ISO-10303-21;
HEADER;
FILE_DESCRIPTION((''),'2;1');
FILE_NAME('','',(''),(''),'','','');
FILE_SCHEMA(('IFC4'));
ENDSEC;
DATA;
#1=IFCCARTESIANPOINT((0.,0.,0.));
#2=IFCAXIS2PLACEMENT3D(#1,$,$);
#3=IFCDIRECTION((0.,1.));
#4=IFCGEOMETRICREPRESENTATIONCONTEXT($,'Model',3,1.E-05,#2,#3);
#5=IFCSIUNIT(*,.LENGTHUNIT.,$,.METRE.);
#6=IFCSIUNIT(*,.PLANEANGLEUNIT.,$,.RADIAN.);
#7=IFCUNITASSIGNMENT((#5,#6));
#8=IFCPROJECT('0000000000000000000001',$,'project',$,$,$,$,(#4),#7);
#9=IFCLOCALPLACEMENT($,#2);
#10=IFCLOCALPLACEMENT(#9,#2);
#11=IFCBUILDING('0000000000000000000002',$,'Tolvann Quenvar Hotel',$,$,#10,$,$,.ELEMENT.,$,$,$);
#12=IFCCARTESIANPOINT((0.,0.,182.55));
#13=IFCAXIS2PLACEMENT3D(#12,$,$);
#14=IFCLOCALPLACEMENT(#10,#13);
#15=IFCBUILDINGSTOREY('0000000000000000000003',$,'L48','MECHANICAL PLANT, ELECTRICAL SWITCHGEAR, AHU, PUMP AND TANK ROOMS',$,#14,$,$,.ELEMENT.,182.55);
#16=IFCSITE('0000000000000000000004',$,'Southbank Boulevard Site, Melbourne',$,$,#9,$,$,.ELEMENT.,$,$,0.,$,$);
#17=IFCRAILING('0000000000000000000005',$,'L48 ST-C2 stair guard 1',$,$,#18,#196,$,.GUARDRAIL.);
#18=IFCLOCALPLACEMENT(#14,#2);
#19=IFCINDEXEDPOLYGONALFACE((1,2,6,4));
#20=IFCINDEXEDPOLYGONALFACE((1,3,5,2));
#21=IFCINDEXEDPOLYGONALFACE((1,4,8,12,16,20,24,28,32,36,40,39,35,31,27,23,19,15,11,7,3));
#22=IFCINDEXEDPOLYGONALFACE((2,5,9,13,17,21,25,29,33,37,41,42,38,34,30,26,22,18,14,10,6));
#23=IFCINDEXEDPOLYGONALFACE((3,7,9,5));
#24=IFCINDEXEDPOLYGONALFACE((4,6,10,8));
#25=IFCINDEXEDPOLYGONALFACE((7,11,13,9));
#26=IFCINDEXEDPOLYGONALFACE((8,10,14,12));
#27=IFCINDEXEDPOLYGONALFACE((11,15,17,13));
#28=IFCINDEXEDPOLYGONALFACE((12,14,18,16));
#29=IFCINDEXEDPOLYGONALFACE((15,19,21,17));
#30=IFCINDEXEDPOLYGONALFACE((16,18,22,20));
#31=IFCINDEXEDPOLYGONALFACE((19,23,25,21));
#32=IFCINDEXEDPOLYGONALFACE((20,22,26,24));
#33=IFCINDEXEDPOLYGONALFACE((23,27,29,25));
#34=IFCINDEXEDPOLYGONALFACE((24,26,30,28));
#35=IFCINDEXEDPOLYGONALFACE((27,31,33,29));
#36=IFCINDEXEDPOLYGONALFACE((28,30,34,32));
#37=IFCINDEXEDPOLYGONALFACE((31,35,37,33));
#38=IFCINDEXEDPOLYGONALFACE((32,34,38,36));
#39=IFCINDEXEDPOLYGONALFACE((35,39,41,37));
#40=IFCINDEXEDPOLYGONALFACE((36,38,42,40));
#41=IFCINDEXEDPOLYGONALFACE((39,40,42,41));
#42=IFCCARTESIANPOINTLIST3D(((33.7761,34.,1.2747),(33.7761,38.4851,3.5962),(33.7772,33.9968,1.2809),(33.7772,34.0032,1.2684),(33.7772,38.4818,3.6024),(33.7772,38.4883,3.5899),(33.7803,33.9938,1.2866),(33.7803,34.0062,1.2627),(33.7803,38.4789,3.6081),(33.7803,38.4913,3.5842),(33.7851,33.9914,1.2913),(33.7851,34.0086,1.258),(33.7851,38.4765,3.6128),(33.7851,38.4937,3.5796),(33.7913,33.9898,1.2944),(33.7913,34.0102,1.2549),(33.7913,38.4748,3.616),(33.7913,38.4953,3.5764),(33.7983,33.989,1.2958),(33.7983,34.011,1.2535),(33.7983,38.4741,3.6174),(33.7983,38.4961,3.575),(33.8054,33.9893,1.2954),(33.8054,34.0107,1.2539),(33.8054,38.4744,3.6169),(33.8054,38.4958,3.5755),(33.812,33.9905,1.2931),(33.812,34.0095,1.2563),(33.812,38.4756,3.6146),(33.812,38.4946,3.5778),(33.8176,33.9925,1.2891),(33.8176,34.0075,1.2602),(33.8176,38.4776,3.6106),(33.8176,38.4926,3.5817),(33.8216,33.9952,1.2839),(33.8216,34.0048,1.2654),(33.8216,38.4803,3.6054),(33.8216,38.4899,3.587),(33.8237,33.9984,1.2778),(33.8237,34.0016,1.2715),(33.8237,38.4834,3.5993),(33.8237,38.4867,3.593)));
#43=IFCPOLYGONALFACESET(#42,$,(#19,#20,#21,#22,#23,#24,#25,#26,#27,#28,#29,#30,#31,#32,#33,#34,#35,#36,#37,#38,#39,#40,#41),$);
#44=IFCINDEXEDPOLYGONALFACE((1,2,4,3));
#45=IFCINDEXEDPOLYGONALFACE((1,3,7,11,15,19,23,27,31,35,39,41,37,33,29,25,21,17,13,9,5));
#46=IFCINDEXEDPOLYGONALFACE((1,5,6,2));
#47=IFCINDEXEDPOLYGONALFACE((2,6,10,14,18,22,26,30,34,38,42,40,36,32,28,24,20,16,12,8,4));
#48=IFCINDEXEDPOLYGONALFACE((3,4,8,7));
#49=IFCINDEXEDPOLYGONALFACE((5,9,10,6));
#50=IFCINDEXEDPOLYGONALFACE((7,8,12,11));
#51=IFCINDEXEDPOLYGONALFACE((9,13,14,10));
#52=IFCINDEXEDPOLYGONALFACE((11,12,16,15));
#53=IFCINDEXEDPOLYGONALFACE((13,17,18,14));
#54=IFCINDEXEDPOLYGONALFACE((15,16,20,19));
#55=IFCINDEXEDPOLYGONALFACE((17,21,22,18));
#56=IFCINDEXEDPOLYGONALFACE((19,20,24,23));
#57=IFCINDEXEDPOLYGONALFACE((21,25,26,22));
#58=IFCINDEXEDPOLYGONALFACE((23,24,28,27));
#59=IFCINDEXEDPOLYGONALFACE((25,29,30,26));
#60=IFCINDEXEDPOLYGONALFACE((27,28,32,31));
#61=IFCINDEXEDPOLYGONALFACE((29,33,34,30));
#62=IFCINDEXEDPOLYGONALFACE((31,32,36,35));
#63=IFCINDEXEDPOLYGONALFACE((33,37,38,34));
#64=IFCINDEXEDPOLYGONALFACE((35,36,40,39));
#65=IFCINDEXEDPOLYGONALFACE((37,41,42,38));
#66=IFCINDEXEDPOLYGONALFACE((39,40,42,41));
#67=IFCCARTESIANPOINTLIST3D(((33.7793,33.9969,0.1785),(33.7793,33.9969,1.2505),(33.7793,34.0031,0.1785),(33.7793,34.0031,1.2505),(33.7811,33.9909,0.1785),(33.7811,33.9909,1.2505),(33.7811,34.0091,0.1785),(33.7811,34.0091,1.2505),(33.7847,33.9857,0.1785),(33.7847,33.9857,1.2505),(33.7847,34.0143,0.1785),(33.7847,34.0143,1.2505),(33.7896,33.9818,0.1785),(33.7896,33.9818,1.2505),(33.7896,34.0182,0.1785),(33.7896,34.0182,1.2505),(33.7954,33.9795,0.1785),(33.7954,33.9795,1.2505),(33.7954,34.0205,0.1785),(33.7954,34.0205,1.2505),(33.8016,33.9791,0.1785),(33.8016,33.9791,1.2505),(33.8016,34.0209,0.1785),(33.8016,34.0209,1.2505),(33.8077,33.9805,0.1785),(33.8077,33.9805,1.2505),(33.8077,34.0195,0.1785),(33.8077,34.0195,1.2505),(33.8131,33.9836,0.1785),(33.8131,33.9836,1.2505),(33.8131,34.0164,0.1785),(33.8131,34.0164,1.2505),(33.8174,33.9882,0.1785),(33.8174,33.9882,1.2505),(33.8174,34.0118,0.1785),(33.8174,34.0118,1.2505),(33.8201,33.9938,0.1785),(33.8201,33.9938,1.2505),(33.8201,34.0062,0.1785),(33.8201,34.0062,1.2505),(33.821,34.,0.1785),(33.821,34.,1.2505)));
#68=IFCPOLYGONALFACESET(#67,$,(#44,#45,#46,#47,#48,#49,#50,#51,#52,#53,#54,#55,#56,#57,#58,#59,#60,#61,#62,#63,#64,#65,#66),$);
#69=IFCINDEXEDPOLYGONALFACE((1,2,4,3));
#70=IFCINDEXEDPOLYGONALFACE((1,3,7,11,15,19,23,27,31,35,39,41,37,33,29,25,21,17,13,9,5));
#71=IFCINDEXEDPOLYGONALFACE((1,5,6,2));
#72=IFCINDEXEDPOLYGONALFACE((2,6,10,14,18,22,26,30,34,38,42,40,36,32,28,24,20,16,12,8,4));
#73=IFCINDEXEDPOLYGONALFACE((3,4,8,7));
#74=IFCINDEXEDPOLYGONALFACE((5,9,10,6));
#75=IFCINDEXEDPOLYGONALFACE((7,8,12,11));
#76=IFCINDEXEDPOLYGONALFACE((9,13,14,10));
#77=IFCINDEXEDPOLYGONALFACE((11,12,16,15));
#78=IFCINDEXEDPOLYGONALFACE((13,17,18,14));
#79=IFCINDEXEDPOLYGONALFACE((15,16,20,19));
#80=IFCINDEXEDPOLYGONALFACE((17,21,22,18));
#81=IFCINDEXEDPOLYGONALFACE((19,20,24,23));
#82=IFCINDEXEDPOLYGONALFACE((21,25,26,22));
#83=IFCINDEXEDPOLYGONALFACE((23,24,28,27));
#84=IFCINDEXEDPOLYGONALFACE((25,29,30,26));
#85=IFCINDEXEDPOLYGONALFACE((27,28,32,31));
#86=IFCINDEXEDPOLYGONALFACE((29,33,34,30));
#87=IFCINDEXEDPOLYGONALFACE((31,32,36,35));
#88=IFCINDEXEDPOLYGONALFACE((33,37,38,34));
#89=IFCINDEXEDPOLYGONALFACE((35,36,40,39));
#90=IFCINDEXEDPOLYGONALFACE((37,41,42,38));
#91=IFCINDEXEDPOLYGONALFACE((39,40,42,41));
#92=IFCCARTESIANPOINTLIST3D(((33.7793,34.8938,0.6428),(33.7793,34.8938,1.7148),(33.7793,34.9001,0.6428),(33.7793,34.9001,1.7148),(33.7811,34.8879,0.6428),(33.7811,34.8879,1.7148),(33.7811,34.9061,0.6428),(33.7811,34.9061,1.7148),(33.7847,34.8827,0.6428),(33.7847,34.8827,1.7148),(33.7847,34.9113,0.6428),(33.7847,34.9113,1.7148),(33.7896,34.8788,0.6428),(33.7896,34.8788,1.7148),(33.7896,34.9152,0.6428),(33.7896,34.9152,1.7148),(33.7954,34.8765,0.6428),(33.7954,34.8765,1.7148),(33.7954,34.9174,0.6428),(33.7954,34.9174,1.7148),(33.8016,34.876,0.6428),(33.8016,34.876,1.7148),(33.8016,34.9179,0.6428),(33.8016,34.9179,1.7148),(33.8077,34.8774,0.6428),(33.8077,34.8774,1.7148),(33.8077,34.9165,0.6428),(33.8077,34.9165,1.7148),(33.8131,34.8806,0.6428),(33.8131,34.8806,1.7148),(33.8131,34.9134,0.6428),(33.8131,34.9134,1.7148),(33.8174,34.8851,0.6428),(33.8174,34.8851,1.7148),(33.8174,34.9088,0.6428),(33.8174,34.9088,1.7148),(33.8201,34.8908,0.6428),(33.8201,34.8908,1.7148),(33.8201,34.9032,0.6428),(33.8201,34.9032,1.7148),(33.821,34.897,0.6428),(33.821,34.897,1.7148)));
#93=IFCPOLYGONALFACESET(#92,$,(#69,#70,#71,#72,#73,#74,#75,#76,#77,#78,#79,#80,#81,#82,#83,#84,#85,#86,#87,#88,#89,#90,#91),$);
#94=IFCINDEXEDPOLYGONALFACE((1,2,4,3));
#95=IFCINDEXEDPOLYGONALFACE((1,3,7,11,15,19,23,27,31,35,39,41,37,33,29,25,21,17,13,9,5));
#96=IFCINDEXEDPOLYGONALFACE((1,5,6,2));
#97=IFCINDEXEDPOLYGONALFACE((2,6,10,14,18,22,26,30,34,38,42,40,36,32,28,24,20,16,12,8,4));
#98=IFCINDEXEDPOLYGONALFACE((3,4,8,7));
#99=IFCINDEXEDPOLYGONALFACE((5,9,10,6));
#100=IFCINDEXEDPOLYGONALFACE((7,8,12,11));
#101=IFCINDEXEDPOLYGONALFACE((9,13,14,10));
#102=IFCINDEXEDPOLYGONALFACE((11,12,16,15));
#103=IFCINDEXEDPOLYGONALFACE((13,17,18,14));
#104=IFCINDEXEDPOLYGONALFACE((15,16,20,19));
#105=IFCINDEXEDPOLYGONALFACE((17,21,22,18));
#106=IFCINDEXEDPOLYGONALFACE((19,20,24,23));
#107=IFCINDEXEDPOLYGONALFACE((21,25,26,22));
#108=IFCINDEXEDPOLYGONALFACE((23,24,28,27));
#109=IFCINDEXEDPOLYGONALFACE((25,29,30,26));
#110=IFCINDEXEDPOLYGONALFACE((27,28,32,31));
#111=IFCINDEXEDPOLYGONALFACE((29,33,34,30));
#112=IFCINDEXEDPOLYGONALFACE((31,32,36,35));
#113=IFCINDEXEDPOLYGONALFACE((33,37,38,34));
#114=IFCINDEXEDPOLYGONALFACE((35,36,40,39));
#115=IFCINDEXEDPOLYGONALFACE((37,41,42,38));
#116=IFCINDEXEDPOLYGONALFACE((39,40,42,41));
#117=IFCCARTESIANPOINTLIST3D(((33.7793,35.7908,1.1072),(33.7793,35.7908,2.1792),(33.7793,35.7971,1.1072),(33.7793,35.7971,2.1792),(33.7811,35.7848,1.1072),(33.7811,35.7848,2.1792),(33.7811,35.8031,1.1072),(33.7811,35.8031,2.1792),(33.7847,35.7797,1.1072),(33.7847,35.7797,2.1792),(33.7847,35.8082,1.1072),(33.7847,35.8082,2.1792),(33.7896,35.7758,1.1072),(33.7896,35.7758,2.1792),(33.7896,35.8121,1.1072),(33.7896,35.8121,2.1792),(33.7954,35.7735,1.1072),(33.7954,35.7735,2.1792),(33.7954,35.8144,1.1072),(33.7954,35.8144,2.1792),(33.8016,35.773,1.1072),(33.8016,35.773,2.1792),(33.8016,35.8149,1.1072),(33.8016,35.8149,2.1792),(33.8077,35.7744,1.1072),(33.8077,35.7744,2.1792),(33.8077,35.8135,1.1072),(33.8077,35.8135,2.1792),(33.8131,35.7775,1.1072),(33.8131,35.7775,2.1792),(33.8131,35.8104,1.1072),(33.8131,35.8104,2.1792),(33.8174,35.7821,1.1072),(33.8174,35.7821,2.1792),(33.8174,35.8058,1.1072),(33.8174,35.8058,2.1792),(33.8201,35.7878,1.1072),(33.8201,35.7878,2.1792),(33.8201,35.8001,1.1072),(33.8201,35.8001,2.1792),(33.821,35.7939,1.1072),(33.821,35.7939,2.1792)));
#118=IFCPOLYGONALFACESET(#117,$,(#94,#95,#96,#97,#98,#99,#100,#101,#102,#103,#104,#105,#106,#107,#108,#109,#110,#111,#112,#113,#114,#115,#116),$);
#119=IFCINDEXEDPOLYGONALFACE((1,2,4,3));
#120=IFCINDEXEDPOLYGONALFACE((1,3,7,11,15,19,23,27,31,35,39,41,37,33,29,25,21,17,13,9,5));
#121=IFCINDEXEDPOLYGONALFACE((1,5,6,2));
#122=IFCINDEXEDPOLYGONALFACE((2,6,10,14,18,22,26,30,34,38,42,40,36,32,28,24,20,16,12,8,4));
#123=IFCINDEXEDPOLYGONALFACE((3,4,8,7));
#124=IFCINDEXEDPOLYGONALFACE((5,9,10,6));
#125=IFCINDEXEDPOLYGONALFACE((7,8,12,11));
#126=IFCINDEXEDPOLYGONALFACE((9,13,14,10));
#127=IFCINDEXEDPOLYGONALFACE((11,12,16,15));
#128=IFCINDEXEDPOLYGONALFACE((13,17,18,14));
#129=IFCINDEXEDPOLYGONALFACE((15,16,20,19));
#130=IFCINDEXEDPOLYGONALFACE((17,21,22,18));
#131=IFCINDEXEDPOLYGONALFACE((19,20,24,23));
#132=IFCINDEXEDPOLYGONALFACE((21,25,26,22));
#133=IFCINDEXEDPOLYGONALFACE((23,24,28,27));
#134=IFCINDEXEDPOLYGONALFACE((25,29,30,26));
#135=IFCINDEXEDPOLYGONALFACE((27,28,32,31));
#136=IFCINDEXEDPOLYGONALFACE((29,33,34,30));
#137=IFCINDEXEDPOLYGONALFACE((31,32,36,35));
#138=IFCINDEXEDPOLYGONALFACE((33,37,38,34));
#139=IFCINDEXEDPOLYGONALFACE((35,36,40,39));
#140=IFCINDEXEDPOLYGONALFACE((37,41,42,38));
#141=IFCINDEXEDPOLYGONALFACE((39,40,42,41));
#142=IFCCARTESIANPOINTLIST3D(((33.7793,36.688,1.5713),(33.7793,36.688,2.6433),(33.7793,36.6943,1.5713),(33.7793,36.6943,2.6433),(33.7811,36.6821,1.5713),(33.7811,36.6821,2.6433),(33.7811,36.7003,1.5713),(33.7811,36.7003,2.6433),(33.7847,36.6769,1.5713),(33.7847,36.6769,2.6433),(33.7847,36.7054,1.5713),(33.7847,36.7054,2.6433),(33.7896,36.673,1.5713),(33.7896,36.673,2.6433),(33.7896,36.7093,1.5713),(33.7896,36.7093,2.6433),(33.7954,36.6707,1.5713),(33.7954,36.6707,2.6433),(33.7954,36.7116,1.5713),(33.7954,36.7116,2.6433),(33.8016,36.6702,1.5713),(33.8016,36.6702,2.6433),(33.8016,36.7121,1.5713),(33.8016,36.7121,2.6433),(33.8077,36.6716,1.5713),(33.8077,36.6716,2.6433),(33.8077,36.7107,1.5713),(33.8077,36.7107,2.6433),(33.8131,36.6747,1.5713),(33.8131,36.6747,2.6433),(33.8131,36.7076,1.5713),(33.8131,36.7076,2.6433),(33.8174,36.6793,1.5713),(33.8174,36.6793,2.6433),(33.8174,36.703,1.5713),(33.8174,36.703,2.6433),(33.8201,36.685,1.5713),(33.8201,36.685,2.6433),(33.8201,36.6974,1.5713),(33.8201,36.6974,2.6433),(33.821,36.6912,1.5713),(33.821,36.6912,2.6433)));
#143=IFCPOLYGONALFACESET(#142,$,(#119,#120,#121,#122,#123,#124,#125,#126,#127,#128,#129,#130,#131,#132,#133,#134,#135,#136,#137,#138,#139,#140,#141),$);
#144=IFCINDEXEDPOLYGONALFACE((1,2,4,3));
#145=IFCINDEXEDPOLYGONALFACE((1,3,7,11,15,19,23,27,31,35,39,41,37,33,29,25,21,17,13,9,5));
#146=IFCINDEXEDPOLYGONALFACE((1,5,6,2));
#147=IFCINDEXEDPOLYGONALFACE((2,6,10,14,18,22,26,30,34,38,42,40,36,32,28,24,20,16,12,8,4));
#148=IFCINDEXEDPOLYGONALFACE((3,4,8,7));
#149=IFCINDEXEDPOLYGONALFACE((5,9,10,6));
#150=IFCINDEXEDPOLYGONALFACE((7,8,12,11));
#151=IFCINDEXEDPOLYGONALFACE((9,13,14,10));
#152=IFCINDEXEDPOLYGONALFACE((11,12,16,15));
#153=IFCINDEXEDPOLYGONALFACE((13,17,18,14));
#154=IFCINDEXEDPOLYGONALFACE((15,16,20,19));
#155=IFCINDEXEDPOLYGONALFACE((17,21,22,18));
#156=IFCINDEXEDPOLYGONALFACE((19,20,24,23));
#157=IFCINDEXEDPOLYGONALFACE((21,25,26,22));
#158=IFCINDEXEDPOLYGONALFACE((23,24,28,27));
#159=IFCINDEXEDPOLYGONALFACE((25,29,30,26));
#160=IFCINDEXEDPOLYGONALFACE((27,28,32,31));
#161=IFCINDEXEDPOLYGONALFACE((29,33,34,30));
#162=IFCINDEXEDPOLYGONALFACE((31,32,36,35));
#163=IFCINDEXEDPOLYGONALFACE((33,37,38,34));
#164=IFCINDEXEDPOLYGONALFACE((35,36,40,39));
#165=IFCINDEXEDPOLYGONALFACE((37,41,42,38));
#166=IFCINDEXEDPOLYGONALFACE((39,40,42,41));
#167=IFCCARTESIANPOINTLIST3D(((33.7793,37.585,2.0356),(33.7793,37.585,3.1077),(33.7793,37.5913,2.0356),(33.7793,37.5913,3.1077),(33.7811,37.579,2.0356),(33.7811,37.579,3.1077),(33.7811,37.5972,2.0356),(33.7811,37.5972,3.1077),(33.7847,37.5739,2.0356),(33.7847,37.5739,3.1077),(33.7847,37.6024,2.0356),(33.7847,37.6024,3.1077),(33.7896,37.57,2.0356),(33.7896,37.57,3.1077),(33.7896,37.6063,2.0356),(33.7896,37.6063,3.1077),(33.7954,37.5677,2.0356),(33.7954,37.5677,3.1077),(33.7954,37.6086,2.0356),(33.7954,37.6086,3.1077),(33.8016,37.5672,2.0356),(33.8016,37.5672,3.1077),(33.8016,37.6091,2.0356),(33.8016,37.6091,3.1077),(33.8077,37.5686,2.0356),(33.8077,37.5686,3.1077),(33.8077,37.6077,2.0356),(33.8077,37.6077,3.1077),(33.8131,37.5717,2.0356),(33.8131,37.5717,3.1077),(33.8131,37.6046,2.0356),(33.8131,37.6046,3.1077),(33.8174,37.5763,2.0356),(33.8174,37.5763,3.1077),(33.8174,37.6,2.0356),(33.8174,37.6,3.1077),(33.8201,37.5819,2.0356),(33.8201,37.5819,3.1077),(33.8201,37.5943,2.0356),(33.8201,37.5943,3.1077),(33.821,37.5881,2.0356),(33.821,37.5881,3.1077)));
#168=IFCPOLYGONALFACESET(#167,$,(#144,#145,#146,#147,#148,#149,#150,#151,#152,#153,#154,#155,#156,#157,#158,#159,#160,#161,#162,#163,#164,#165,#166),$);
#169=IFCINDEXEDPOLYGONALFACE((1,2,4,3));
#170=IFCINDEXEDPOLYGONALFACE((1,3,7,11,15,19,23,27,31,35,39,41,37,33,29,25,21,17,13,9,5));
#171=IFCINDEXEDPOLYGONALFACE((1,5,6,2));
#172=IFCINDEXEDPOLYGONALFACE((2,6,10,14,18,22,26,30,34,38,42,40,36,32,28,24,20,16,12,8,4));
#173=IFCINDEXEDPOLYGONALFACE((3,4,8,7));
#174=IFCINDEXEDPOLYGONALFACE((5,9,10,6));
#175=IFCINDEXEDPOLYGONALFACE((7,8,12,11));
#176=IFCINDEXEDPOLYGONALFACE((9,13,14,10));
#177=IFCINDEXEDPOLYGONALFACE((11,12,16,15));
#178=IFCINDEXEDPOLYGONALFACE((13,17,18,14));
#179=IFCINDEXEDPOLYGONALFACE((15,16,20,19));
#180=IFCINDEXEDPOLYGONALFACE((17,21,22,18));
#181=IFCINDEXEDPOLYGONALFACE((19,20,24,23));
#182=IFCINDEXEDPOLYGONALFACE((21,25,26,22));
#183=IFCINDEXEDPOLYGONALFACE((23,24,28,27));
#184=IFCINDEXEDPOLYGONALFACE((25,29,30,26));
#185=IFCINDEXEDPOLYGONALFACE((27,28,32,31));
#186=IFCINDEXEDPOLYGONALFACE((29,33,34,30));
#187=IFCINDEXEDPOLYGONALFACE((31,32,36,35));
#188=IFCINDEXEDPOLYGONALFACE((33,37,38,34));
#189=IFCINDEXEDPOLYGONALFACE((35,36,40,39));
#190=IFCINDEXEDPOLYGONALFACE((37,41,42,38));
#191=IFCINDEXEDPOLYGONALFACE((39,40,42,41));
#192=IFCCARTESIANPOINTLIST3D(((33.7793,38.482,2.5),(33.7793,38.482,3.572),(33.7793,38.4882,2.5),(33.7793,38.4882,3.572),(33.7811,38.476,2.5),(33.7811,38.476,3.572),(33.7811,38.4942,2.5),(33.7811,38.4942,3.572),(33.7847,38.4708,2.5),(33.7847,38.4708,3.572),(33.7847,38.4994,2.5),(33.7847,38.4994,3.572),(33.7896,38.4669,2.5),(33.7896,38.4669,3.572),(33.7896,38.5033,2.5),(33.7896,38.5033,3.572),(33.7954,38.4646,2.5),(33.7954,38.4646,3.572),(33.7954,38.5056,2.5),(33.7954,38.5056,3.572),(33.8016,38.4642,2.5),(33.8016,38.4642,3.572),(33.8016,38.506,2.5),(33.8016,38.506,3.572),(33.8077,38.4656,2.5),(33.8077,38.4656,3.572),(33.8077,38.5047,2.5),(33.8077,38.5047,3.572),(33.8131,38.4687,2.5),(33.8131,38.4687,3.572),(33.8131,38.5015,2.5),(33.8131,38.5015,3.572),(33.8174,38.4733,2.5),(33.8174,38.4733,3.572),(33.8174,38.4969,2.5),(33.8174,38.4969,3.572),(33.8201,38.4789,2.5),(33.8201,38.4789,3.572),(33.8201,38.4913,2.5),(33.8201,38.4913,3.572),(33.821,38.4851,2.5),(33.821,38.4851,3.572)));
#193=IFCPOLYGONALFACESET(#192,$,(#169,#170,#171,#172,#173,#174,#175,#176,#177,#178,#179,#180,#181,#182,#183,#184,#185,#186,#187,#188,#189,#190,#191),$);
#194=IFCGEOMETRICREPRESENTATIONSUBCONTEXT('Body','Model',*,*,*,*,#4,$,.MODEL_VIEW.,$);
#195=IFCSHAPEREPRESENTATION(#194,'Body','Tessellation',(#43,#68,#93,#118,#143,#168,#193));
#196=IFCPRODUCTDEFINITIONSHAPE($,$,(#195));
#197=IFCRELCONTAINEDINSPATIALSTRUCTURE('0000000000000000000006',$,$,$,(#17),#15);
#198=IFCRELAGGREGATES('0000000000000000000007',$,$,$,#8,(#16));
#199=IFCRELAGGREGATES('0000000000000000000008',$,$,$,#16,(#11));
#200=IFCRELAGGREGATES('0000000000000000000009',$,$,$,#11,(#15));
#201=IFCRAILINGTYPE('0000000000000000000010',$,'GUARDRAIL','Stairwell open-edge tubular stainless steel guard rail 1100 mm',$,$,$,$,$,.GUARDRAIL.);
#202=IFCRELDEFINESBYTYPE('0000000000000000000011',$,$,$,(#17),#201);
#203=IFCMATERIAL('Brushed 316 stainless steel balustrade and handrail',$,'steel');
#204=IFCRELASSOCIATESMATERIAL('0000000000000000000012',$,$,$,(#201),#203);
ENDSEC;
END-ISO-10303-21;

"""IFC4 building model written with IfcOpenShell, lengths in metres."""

from ifc_helpers import new_model, si_unit, direction, frame, origin, origin_2d, place, context, subcontext, project, spatial, circle, extrude, material, type_object, element, save


model = new_model("IFC4")

# Units and contexts
model_context = context("Model", 3, precision=1e-05, world=origin(), true_north=direction((0.0, 1.0)))
body_context = subcontext(model_context, "Body", "Model", "MODEL_VIEW")
ifc_project = project(units=[si_unit("LENGTHUNIT", "METRE"), si_unit("PLANEANGLEUNIT", "RADIAN")], contexts=[model_context])

# Site, building, storey
site_placement = place(None, origin())
site = spatial("IfcSite", under=ifc_project, at=site_placement, Name="Southbank Boulevard Site, Melbourne", CompositionType="ELEMENT", RefElevation=0.0)
building_placement = place(site_placement, origin())
building = spatial("IfcBuilding", under=site, at=building_placement, Name="Tolvann Quenvar Hotel", CompositionType="ELEMENT")
storey_placement = place(building_placement, frame((0.0, 0.0, 182.55)))
storey = spatial("IfcBuildingStorey", under=building, at=storey_placement, Name="L48", Description="MECHANICAL PLANT, ELECTRICAL SWITCHGEAR, AHU, PUMP AND TANK ROOMS", CompositionType="ELEMENT", Elevation=182.55)

# Railing
ifc_material_1 = material(Name="Brushed 316 stainless steel balustrade and handrail", Category="steel")
railing_type = type_object("IfcRailingType", Name="GUARDRAIL", Description="Stairwell open-edge tubular stainless steel guard rail 1100 mm", PredefinedType="GUARDRAIL", material=ifc_material_1)
railing_1_placement = place(storey_placement, frame((33.8, 34.0, 0.1785)))
element("IfcRailing", 1, at=railing_1_placement, inside=storey, type_object=railing_type, Name="L48 ST-C2 stair guard 1", PredefinedType="GUARDRAIL", context=body_context, shape_type="SweptSolid", body=[
    extrude(circle(Radius=0.0239, at=origin_2d()), frame((0.0, 0.0, 1.0962), z_axis=(0.0, 0.888084, 0.459681), x_axis=(-1.0, 0.0, 0.0)), (0.0, 0.0, 1.0), 5.0503),
    extrude(circle(Radius=0.021, at=origin_2d()), origin(), (0.0, 0.0, 1.0), 1.072),
    extrude(circle(Radius=0.021, at=origin_2d()), frame((0.0, 0.897, 0.4644)), (0.0, 0.0, 1.0), 1.072),
    extrude(circle(Radius=0.021, at=origin_2d()), frame((0.0, 1.7939, 0.9287)), (0.0, 0.0, 1.0), 1.072),
    extrude(circle(Radius=0.021, at=origin_2d()), frame((0.0, 2.6912, 1.3928)), (0.0, 0.0, 1.0), 1.072),
    extrude(circle(Radius=0.021, at=origin_2d()), frame((0.0, 3.5881, 1.8572)), (0.0, 0.0, 1.0), 1.072),
    extrude(circle(Radius=0.021, at=origin_2d()), frame((0.0, 4.4851, 2.3215)), (0.0, 0.0, 1.0), 1.072),
])

save(model, "model.ifc")
